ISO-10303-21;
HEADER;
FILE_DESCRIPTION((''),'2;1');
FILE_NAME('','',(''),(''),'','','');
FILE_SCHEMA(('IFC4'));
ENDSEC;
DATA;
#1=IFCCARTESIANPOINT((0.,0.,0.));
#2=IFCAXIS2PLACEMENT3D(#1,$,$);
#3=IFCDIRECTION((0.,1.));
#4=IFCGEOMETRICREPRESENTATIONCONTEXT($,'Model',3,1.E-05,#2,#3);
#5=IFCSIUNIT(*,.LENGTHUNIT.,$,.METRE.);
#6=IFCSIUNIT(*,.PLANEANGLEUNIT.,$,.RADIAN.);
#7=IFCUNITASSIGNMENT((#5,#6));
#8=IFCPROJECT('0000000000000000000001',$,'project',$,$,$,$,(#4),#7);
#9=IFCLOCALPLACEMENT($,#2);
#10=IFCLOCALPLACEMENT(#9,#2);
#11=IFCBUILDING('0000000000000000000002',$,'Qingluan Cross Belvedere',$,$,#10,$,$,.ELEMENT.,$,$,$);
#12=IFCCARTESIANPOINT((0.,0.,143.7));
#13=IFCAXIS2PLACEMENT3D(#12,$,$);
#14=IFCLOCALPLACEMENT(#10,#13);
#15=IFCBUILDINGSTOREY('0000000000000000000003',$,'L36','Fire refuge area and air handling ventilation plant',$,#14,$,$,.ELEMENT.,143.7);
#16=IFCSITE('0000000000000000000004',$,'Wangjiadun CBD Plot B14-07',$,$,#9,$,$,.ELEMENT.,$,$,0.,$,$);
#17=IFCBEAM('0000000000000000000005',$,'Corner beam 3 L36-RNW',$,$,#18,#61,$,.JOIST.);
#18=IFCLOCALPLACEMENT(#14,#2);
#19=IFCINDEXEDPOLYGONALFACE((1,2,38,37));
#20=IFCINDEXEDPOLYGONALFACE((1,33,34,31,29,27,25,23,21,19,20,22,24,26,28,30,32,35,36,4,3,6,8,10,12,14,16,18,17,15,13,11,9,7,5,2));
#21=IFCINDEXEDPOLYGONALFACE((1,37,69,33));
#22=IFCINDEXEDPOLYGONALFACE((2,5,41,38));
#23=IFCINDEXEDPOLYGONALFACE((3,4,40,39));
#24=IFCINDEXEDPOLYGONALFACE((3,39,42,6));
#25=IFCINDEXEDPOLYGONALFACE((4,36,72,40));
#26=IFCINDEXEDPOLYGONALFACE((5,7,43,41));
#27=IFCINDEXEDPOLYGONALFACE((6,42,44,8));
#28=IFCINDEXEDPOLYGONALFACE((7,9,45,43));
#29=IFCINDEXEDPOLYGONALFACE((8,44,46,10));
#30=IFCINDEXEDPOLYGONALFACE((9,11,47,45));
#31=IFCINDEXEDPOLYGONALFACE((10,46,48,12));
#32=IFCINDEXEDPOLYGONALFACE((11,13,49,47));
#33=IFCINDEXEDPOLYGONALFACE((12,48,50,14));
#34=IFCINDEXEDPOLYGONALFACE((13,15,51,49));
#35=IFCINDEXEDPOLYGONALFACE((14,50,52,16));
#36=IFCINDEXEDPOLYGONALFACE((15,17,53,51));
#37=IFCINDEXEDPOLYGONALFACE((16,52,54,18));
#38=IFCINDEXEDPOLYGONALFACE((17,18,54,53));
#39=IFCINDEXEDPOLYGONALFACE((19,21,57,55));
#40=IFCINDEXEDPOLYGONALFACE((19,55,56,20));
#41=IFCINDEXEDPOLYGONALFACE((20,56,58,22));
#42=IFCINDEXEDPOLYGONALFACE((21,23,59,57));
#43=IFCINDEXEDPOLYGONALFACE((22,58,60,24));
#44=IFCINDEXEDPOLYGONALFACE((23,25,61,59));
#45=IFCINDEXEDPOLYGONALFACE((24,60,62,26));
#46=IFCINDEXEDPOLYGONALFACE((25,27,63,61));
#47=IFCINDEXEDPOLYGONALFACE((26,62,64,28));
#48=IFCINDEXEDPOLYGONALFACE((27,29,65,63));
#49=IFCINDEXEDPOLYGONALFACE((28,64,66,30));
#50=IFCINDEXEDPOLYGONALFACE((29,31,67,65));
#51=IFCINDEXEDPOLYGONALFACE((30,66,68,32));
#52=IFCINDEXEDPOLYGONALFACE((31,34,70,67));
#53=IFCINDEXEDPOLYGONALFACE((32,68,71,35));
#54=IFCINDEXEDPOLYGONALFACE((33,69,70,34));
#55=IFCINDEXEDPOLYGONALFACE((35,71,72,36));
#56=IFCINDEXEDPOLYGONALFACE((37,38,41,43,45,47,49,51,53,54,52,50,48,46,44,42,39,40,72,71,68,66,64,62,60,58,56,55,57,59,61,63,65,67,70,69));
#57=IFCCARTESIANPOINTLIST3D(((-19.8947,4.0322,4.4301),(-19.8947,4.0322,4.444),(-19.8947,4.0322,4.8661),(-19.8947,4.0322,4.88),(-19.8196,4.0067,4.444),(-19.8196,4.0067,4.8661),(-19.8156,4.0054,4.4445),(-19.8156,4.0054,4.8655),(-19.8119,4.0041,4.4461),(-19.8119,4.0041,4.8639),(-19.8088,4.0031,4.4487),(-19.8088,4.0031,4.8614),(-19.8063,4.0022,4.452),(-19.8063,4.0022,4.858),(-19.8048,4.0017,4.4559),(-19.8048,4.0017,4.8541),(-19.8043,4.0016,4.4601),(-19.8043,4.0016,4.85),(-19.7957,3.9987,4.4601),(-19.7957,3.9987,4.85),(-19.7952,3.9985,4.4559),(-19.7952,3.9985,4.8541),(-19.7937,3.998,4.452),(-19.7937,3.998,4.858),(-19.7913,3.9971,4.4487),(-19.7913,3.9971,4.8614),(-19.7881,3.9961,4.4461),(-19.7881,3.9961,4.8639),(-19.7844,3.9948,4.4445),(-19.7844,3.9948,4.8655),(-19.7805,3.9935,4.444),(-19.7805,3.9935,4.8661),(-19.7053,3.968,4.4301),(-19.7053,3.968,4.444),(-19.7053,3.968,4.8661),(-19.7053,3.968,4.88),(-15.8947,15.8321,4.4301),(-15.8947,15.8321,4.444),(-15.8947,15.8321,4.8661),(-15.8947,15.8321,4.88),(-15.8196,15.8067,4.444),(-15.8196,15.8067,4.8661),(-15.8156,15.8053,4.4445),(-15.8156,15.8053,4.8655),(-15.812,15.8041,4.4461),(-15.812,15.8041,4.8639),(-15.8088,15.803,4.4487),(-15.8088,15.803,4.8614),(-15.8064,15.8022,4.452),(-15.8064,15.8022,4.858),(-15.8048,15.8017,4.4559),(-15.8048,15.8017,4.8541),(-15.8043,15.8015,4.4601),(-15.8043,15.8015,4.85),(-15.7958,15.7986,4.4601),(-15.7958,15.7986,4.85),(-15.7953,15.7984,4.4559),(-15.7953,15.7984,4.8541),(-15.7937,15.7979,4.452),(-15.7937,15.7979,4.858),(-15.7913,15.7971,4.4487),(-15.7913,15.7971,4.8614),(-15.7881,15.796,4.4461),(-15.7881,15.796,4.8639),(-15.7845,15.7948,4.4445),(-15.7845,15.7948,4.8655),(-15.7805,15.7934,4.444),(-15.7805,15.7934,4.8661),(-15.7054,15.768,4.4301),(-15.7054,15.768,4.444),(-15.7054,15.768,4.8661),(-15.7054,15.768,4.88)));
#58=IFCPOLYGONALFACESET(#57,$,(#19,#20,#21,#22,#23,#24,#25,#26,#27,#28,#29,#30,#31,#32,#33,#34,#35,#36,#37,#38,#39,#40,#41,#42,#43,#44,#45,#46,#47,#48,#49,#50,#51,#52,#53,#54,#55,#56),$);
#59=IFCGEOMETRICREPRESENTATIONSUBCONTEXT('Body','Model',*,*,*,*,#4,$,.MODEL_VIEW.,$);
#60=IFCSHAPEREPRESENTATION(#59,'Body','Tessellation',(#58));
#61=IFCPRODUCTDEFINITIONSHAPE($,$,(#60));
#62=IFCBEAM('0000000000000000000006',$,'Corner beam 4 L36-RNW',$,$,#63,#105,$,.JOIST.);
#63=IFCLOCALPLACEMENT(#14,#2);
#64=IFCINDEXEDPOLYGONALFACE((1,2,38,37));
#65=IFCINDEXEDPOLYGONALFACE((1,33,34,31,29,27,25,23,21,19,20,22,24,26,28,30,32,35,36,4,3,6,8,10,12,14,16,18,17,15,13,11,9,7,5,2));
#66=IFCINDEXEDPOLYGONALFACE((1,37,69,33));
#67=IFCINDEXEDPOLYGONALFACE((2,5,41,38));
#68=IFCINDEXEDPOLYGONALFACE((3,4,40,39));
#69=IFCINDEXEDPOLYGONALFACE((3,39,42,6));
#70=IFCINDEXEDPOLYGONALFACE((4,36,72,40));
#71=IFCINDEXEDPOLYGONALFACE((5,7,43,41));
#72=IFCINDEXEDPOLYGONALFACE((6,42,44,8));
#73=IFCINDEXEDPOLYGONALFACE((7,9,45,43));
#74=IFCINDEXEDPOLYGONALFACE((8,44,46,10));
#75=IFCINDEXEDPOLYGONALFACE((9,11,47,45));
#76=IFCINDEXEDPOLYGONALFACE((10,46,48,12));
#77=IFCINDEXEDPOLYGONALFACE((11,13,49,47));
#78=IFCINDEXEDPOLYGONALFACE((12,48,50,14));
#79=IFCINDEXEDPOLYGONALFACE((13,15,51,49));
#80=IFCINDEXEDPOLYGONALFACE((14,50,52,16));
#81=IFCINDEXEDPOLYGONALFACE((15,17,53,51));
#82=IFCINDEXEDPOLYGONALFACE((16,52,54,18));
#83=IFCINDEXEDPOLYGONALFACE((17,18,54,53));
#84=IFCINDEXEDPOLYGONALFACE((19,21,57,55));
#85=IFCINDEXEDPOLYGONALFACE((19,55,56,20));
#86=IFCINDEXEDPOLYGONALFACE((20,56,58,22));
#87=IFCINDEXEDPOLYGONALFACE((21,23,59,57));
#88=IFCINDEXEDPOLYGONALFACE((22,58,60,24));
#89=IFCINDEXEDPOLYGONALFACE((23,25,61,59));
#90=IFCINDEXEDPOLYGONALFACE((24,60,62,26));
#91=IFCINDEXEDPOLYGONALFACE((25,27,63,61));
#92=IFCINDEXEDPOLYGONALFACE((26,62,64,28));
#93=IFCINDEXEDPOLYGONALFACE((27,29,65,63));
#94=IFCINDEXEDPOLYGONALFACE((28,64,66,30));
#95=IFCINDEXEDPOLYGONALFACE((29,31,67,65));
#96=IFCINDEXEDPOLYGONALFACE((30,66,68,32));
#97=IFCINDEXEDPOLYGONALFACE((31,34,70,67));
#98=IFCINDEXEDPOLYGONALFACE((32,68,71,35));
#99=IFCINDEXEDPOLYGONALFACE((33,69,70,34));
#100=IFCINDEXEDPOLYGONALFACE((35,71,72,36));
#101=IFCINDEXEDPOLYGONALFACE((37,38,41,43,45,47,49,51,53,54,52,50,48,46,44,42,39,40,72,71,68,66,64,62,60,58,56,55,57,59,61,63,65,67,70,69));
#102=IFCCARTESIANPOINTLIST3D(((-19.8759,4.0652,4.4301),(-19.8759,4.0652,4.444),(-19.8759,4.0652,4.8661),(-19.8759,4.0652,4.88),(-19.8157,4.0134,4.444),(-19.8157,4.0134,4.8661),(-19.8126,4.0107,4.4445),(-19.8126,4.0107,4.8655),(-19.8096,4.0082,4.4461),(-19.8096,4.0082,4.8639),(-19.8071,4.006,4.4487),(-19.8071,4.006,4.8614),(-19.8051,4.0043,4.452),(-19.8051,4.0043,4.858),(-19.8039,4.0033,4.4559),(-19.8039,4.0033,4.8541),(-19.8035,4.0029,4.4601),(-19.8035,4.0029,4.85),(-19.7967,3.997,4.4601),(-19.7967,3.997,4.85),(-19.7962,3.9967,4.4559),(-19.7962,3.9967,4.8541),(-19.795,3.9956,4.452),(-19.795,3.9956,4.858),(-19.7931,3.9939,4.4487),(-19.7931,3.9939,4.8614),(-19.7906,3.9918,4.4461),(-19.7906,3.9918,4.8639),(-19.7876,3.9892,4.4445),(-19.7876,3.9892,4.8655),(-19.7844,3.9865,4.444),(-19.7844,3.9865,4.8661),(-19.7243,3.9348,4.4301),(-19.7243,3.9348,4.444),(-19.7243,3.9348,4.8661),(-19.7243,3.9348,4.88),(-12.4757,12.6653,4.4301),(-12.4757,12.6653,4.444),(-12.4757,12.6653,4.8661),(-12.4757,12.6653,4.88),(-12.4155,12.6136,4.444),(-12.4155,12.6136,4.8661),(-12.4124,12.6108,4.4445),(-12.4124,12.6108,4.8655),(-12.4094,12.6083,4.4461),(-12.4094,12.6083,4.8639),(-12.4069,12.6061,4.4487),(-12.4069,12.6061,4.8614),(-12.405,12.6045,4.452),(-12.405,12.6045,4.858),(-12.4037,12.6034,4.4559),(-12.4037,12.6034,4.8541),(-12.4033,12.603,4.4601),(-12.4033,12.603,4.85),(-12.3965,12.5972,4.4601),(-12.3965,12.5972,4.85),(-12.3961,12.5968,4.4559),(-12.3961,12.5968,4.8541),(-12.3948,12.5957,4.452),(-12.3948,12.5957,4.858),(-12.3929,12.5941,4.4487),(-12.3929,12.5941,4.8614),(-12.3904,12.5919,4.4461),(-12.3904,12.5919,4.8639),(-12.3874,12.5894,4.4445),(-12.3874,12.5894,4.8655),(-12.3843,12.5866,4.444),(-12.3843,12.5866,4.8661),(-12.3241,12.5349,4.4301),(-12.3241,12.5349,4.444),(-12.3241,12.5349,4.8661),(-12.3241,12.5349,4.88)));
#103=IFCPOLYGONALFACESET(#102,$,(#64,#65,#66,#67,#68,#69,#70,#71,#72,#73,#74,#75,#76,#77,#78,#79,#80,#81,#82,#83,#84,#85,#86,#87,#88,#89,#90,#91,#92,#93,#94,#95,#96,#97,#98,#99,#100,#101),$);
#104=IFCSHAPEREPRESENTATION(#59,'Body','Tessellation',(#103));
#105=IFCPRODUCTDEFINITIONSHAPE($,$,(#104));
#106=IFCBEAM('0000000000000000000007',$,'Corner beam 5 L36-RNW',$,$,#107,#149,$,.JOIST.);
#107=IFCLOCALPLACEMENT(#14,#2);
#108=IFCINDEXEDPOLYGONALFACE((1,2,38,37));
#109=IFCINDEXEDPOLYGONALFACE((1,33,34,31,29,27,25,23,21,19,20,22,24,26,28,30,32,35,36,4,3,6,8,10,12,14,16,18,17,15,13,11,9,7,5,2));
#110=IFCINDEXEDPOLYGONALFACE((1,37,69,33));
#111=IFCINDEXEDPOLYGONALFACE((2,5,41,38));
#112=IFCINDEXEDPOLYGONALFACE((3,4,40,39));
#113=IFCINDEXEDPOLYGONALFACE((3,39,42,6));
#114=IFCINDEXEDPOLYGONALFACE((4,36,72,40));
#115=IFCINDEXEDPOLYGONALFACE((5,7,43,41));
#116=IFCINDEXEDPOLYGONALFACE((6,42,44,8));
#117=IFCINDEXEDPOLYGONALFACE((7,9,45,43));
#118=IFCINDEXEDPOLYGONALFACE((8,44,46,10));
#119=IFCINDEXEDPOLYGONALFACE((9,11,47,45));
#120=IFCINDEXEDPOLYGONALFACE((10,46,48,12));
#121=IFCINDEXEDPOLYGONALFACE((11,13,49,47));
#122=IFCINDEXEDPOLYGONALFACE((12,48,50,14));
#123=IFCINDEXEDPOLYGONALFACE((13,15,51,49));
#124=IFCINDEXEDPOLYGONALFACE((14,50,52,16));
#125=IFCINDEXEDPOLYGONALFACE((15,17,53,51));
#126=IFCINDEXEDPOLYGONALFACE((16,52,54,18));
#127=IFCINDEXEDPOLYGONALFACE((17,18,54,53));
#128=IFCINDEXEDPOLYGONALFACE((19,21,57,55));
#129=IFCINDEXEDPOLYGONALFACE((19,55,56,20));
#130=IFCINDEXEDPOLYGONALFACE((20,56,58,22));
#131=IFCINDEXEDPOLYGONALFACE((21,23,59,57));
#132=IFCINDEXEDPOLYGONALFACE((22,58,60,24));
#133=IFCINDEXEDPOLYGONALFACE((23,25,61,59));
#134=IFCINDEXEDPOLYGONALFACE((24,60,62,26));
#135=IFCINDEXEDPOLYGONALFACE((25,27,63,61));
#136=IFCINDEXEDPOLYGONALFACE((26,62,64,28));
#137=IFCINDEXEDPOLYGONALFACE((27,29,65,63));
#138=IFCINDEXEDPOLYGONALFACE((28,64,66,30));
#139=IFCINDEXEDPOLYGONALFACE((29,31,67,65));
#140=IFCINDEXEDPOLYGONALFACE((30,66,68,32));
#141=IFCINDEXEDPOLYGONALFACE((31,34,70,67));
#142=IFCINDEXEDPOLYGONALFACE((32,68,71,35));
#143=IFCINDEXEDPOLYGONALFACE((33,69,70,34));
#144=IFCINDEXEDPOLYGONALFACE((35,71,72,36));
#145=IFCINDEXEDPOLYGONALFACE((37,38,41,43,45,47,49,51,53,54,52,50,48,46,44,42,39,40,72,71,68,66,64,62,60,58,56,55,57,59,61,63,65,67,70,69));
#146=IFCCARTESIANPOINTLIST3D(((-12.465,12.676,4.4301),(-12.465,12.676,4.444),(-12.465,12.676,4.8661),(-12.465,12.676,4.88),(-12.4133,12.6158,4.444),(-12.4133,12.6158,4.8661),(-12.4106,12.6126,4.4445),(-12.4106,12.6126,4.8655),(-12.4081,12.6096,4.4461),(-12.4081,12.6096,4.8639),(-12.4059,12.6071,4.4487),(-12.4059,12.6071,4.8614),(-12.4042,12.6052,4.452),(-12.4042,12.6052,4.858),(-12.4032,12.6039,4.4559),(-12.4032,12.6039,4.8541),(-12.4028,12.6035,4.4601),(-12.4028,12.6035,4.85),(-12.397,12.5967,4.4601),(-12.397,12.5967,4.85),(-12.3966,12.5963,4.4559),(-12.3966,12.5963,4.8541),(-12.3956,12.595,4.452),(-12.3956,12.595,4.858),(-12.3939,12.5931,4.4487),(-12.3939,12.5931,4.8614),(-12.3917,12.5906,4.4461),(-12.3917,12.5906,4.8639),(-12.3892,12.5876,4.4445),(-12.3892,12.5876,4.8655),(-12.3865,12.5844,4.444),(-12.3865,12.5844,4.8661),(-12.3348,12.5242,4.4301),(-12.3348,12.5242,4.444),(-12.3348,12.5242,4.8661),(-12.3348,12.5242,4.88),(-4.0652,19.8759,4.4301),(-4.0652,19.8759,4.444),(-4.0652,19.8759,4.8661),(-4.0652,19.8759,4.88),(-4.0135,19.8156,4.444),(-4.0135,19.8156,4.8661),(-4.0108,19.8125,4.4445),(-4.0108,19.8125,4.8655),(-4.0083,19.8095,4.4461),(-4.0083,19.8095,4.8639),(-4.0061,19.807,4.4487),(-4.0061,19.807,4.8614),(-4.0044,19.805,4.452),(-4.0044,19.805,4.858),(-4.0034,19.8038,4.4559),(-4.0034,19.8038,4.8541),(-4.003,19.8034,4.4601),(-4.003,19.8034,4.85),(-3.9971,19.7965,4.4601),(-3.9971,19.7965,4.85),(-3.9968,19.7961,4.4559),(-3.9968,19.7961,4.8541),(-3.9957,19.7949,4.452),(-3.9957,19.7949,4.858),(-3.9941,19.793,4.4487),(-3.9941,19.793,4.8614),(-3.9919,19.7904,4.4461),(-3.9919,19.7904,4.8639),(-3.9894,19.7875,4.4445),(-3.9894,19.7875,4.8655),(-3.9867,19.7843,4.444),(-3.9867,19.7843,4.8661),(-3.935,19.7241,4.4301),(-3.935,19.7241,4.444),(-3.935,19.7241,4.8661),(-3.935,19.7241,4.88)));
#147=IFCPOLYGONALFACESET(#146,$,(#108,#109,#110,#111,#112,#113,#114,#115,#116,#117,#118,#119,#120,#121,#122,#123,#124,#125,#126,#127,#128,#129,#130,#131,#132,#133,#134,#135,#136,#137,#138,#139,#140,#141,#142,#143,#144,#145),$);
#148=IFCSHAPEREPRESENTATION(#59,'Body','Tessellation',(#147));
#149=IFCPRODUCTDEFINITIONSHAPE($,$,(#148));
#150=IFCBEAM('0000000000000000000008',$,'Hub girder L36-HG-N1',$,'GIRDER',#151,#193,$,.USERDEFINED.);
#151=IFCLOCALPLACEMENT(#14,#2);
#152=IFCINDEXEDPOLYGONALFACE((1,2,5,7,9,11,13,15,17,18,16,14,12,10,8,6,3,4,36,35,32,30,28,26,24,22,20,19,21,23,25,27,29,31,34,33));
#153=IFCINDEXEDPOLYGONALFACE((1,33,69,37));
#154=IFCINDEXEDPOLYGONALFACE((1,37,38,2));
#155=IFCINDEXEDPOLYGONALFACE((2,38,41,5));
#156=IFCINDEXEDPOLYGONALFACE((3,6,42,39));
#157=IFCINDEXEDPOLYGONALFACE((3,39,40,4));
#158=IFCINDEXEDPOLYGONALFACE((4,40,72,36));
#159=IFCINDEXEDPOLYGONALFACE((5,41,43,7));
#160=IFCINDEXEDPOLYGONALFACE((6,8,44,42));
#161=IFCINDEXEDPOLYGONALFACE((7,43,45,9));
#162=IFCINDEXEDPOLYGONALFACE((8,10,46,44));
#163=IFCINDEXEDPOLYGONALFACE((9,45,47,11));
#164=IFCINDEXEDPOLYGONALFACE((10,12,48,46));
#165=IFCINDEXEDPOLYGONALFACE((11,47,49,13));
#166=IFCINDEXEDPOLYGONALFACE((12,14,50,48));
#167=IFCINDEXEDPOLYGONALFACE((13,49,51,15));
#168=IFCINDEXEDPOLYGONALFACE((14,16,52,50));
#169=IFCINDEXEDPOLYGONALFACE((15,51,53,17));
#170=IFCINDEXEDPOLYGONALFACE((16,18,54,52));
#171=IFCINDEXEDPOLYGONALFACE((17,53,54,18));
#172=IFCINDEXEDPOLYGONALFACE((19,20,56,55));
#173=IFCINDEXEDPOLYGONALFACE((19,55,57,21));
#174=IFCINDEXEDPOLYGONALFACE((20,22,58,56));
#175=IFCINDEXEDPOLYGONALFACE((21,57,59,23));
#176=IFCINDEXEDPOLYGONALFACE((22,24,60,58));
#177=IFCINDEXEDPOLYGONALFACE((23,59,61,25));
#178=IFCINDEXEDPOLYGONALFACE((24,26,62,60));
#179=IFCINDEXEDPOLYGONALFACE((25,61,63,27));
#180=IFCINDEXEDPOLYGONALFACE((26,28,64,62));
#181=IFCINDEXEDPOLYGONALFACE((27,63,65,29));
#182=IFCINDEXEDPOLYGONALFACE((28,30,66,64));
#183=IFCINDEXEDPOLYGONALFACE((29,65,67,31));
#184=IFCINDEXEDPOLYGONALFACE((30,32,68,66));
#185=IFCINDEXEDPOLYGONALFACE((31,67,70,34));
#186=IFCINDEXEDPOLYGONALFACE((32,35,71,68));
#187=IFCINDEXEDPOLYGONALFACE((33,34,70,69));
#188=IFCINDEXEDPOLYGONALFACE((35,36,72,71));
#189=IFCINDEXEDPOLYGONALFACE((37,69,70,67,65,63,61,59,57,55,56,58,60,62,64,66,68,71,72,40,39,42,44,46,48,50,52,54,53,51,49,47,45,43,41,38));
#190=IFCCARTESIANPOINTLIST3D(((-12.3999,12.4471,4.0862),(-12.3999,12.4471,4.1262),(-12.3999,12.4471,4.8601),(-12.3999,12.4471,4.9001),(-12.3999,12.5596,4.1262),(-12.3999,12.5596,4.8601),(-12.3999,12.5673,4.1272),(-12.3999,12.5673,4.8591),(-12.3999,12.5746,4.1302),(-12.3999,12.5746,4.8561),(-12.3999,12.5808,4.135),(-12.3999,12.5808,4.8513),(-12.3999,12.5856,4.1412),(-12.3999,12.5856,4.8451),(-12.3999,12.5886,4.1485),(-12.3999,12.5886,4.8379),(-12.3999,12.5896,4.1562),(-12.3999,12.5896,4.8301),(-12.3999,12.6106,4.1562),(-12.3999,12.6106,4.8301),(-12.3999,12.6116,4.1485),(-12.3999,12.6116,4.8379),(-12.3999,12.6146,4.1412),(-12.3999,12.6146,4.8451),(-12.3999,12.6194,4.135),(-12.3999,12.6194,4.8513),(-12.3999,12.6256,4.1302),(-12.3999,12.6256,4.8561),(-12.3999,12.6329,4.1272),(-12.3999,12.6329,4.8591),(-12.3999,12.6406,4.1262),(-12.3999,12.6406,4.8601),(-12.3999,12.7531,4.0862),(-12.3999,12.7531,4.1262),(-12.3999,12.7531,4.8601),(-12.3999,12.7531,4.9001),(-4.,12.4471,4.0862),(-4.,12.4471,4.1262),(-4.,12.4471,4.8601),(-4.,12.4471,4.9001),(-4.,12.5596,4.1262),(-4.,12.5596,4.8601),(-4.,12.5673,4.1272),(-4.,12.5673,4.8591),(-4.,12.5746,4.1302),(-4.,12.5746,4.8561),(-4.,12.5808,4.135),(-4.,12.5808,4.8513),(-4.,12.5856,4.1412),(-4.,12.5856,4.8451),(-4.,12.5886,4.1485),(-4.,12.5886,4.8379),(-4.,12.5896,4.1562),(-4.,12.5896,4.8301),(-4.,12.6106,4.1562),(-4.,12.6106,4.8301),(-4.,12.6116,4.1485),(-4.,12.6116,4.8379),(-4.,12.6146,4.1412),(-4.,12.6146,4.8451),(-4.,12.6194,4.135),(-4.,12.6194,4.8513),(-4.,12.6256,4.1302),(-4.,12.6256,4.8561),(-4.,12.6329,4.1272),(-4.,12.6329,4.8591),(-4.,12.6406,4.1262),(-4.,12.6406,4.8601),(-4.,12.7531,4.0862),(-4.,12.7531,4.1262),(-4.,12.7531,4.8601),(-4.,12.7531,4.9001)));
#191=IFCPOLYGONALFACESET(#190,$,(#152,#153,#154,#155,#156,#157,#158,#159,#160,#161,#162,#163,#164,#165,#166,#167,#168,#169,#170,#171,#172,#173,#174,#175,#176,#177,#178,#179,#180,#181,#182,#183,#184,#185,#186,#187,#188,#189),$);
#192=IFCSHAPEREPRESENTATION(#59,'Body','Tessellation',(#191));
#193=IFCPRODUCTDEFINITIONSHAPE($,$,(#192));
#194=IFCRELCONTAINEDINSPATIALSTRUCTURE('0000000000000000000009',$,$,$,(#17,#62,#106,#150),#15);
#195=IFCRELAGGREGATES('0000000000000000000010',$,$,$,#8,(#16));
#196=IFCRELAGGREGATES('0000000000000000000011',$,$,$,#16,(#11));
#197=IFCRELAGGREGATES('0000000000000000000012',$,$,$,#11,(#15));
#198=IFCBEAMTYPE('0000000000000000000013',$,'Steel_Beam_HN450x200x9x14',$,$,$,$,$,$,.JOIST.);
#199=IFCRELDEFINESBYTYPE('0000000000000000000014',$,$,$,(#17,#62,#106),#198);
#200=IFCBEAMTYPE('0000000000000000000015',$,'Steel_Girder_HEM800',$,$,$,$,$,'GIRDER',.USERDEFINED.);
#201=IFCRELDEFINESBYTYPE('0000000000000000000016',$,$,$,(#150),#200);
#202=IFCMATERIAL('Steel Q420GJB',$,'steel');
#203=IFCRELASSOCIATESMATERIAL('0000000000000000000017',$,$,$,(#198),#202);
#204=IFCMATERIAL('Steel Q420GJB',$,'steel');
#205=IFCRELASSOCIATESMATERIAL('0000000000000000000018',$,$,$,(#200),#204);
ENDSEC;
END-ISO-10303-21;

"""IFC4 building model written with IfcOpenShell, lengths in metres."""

from ifc_helpers import new_model, si_unit, direction, frame, origin, origin_2d, place, context, subcontext, project, spatial, i_section, extrude, material, material_profile, profile_set, type_object, element, save


model = new_model("IFC4")

# Units and contexts
model_context = context("Model", 3, precision=1e-05, world=origin(), true_north=direction((0.0, 1.0)))
body_context = subcontext(model_context, "Body", "Model", "MODEL_VIEW")
ifc_project = project(units=[si_unit("LENGTHUNIT", "METRE"), si_unit("PLANEANGLEUNIT", "RADIAN")], contexts=[model_context])

# Site, building, storey
site_placement = place(None, origin())
site = spatial("IfcSite", under=ifc_project, at=site_placement, Name="Wangjiadun CBD Plot B14-07", CompositionType="ELEMENT", RefElevation=0.0)
building_placement = place(site_placement, origin())
building = spatial("IfcBuilding", under=site, at=building_placement, Name="Qingluan Cross Belvedere", CompositionType="ELEMENT")
storey_placement = place(building_placement, frame((0.0, 0.0, 143.7)))
storey = spatial("IfcBuildingStorey", under=building, at=storey_placement, Name="L36", Description="Fire refuge area and air handling ventilation plant", CompositionType="ELEMENT", Elevation=143.7)

# Beams
ifc_material_1 = material(Name="Steel Q420GJB", Category="steel")
ifc_material_profile_1 = material_profile(ifc_material_1, i_section(OverallWidth=0.2, OverallDepth=0.45, WebThickness=0.009, FlangeThickness=0.0139, FilletRadius=0.0161, at=origin_2d()), Name="HN450x200x9x14")
ifc_profile_set_1 = profile_set([ifc_material_profile_1], Name="Steel Q420GJB")
beam_type_1 = type_object("IfcBeamType", Name="Steel_Beam_HN450x200x9x14", PredefinedType="JOIST", material=ifc_profile_set_1)
for number, where, z_axis, x_axis, name in (
    (1, (-15.8, 15.8, 4.655), (-0.321038, -0.947066, 0.0), (0.947066, -0.321038, 0.0), "Corner beam 3 L36-RNW"),
):
    element("IfcBeam", number, at=place(storey_placement, frame(where, z_axis=z_axis, x_axis=x_axis)), inside=storey, type_object=beam_type_1, Name=name, PredefinedType="JOIST", context=body_context, shape_type="SweptSolid", body=[
        extrude(i_section(OverallWidth=0.2, OverallDepth=0.45, WebThickness=0.009, FlangeThickness=0.0139, FilletRadius=0.0161, at=origin_2d()), origin(), (0.0, 0.0, 1.0), 12.4595),
    ])
beam_1_placement = place(storey_placement, frame((-12.3999, 12.6001, 4.655), z_axis=(-0.652245, -0.758008, 0.0), x_axis=(0.758008, -0.652245, 0.0)))
element("IfcBeam", 2, at=beam_1_placement, inside=storey, type_object=beam_type_1, Name="Corner beam 4 L36-RNW", PredefinedType="JOIST", context=body_context, shape_type="SweptSolid", body=[
    extrude(i_section(OverallWidth=0.2, OverallDepth=0.45, WebThickness=0.009, FlangeThickness=0.0139, FilletRadius=0.0161, at=origin_2d()), origin(), (0.0, 0.0, 1.0), 11.3457),
])
beam_2_placement = place(storey_placement, frame((-12.3999, 12.6001, 4.655), z_axis=(0.759255, 0.650793, 0.0), x_axis=(-0.650793, 0.759255, 0.0)))
element("IfcBeam", 3, at=beam_2_placement, inside=storey, type_object=beam_type_1, Name="Corner beam 5 L36-RNW", PredefinedType="JOIST", context=body_context, shape_type="SweptSolid", body=[
    extrude(i_section(OverallWidth=0.2, OverallDepth=0.45, WebThickness=0.009, FlangeThickness=0.0139, FilletRadius=0.0161, at=origin_2d()), origin(), (0.0, 0.0, 1.0), 11.0632),
])
ifc_material_2 = material(Name="Steel Q420GJB", Category="steel")
ifc_material_profile_2 = material_profile(ifc_material_2, i_section(OverallWidth=0.3059, OverallDepth=0.814, WebThickness=0.021, FlangeThickness=0.04, FilletRadius=0.03, at=origin_2d()), Name="HEM800")
ifc_profile_set_2 = profile_set([ifc_material_profile_2], Name="Steel Q420GJB")
beam_type_2 = type_object("IfcBeamType", Name="Steel_Girder_HEM800", ElementType="GIRDER", PredefinedType="USERDEFINED", material=ifc_profile_set_2)
beam_3_placement = place(storey_placement, frame((-12.3999, 12.6001, 4.4932), z_axis=(1.0, 0.0, 0.0), x_axis=(0.0, 1.0, 0.0)))
element("IfcBeam", 4, at=beam_3_placement, inside=storey, type_object=beam_type_2, Name="Hub girder L36-HG-N1", ObjectType="GIRDER", PredefinedType="USERDEFINED", context=body_context, shape_type="SweptSolid", body=[
    extrude(i_section(OverallWidth=0.3059, OverallDepth=0.814, WebThickness=0.021, FlangeThickness=0.04, FilletRadius=0.03, at=origin_2d()), origin(), (0.0, 0.0, 1.0), 8.3999),
])

save(model, "model.ifc")
